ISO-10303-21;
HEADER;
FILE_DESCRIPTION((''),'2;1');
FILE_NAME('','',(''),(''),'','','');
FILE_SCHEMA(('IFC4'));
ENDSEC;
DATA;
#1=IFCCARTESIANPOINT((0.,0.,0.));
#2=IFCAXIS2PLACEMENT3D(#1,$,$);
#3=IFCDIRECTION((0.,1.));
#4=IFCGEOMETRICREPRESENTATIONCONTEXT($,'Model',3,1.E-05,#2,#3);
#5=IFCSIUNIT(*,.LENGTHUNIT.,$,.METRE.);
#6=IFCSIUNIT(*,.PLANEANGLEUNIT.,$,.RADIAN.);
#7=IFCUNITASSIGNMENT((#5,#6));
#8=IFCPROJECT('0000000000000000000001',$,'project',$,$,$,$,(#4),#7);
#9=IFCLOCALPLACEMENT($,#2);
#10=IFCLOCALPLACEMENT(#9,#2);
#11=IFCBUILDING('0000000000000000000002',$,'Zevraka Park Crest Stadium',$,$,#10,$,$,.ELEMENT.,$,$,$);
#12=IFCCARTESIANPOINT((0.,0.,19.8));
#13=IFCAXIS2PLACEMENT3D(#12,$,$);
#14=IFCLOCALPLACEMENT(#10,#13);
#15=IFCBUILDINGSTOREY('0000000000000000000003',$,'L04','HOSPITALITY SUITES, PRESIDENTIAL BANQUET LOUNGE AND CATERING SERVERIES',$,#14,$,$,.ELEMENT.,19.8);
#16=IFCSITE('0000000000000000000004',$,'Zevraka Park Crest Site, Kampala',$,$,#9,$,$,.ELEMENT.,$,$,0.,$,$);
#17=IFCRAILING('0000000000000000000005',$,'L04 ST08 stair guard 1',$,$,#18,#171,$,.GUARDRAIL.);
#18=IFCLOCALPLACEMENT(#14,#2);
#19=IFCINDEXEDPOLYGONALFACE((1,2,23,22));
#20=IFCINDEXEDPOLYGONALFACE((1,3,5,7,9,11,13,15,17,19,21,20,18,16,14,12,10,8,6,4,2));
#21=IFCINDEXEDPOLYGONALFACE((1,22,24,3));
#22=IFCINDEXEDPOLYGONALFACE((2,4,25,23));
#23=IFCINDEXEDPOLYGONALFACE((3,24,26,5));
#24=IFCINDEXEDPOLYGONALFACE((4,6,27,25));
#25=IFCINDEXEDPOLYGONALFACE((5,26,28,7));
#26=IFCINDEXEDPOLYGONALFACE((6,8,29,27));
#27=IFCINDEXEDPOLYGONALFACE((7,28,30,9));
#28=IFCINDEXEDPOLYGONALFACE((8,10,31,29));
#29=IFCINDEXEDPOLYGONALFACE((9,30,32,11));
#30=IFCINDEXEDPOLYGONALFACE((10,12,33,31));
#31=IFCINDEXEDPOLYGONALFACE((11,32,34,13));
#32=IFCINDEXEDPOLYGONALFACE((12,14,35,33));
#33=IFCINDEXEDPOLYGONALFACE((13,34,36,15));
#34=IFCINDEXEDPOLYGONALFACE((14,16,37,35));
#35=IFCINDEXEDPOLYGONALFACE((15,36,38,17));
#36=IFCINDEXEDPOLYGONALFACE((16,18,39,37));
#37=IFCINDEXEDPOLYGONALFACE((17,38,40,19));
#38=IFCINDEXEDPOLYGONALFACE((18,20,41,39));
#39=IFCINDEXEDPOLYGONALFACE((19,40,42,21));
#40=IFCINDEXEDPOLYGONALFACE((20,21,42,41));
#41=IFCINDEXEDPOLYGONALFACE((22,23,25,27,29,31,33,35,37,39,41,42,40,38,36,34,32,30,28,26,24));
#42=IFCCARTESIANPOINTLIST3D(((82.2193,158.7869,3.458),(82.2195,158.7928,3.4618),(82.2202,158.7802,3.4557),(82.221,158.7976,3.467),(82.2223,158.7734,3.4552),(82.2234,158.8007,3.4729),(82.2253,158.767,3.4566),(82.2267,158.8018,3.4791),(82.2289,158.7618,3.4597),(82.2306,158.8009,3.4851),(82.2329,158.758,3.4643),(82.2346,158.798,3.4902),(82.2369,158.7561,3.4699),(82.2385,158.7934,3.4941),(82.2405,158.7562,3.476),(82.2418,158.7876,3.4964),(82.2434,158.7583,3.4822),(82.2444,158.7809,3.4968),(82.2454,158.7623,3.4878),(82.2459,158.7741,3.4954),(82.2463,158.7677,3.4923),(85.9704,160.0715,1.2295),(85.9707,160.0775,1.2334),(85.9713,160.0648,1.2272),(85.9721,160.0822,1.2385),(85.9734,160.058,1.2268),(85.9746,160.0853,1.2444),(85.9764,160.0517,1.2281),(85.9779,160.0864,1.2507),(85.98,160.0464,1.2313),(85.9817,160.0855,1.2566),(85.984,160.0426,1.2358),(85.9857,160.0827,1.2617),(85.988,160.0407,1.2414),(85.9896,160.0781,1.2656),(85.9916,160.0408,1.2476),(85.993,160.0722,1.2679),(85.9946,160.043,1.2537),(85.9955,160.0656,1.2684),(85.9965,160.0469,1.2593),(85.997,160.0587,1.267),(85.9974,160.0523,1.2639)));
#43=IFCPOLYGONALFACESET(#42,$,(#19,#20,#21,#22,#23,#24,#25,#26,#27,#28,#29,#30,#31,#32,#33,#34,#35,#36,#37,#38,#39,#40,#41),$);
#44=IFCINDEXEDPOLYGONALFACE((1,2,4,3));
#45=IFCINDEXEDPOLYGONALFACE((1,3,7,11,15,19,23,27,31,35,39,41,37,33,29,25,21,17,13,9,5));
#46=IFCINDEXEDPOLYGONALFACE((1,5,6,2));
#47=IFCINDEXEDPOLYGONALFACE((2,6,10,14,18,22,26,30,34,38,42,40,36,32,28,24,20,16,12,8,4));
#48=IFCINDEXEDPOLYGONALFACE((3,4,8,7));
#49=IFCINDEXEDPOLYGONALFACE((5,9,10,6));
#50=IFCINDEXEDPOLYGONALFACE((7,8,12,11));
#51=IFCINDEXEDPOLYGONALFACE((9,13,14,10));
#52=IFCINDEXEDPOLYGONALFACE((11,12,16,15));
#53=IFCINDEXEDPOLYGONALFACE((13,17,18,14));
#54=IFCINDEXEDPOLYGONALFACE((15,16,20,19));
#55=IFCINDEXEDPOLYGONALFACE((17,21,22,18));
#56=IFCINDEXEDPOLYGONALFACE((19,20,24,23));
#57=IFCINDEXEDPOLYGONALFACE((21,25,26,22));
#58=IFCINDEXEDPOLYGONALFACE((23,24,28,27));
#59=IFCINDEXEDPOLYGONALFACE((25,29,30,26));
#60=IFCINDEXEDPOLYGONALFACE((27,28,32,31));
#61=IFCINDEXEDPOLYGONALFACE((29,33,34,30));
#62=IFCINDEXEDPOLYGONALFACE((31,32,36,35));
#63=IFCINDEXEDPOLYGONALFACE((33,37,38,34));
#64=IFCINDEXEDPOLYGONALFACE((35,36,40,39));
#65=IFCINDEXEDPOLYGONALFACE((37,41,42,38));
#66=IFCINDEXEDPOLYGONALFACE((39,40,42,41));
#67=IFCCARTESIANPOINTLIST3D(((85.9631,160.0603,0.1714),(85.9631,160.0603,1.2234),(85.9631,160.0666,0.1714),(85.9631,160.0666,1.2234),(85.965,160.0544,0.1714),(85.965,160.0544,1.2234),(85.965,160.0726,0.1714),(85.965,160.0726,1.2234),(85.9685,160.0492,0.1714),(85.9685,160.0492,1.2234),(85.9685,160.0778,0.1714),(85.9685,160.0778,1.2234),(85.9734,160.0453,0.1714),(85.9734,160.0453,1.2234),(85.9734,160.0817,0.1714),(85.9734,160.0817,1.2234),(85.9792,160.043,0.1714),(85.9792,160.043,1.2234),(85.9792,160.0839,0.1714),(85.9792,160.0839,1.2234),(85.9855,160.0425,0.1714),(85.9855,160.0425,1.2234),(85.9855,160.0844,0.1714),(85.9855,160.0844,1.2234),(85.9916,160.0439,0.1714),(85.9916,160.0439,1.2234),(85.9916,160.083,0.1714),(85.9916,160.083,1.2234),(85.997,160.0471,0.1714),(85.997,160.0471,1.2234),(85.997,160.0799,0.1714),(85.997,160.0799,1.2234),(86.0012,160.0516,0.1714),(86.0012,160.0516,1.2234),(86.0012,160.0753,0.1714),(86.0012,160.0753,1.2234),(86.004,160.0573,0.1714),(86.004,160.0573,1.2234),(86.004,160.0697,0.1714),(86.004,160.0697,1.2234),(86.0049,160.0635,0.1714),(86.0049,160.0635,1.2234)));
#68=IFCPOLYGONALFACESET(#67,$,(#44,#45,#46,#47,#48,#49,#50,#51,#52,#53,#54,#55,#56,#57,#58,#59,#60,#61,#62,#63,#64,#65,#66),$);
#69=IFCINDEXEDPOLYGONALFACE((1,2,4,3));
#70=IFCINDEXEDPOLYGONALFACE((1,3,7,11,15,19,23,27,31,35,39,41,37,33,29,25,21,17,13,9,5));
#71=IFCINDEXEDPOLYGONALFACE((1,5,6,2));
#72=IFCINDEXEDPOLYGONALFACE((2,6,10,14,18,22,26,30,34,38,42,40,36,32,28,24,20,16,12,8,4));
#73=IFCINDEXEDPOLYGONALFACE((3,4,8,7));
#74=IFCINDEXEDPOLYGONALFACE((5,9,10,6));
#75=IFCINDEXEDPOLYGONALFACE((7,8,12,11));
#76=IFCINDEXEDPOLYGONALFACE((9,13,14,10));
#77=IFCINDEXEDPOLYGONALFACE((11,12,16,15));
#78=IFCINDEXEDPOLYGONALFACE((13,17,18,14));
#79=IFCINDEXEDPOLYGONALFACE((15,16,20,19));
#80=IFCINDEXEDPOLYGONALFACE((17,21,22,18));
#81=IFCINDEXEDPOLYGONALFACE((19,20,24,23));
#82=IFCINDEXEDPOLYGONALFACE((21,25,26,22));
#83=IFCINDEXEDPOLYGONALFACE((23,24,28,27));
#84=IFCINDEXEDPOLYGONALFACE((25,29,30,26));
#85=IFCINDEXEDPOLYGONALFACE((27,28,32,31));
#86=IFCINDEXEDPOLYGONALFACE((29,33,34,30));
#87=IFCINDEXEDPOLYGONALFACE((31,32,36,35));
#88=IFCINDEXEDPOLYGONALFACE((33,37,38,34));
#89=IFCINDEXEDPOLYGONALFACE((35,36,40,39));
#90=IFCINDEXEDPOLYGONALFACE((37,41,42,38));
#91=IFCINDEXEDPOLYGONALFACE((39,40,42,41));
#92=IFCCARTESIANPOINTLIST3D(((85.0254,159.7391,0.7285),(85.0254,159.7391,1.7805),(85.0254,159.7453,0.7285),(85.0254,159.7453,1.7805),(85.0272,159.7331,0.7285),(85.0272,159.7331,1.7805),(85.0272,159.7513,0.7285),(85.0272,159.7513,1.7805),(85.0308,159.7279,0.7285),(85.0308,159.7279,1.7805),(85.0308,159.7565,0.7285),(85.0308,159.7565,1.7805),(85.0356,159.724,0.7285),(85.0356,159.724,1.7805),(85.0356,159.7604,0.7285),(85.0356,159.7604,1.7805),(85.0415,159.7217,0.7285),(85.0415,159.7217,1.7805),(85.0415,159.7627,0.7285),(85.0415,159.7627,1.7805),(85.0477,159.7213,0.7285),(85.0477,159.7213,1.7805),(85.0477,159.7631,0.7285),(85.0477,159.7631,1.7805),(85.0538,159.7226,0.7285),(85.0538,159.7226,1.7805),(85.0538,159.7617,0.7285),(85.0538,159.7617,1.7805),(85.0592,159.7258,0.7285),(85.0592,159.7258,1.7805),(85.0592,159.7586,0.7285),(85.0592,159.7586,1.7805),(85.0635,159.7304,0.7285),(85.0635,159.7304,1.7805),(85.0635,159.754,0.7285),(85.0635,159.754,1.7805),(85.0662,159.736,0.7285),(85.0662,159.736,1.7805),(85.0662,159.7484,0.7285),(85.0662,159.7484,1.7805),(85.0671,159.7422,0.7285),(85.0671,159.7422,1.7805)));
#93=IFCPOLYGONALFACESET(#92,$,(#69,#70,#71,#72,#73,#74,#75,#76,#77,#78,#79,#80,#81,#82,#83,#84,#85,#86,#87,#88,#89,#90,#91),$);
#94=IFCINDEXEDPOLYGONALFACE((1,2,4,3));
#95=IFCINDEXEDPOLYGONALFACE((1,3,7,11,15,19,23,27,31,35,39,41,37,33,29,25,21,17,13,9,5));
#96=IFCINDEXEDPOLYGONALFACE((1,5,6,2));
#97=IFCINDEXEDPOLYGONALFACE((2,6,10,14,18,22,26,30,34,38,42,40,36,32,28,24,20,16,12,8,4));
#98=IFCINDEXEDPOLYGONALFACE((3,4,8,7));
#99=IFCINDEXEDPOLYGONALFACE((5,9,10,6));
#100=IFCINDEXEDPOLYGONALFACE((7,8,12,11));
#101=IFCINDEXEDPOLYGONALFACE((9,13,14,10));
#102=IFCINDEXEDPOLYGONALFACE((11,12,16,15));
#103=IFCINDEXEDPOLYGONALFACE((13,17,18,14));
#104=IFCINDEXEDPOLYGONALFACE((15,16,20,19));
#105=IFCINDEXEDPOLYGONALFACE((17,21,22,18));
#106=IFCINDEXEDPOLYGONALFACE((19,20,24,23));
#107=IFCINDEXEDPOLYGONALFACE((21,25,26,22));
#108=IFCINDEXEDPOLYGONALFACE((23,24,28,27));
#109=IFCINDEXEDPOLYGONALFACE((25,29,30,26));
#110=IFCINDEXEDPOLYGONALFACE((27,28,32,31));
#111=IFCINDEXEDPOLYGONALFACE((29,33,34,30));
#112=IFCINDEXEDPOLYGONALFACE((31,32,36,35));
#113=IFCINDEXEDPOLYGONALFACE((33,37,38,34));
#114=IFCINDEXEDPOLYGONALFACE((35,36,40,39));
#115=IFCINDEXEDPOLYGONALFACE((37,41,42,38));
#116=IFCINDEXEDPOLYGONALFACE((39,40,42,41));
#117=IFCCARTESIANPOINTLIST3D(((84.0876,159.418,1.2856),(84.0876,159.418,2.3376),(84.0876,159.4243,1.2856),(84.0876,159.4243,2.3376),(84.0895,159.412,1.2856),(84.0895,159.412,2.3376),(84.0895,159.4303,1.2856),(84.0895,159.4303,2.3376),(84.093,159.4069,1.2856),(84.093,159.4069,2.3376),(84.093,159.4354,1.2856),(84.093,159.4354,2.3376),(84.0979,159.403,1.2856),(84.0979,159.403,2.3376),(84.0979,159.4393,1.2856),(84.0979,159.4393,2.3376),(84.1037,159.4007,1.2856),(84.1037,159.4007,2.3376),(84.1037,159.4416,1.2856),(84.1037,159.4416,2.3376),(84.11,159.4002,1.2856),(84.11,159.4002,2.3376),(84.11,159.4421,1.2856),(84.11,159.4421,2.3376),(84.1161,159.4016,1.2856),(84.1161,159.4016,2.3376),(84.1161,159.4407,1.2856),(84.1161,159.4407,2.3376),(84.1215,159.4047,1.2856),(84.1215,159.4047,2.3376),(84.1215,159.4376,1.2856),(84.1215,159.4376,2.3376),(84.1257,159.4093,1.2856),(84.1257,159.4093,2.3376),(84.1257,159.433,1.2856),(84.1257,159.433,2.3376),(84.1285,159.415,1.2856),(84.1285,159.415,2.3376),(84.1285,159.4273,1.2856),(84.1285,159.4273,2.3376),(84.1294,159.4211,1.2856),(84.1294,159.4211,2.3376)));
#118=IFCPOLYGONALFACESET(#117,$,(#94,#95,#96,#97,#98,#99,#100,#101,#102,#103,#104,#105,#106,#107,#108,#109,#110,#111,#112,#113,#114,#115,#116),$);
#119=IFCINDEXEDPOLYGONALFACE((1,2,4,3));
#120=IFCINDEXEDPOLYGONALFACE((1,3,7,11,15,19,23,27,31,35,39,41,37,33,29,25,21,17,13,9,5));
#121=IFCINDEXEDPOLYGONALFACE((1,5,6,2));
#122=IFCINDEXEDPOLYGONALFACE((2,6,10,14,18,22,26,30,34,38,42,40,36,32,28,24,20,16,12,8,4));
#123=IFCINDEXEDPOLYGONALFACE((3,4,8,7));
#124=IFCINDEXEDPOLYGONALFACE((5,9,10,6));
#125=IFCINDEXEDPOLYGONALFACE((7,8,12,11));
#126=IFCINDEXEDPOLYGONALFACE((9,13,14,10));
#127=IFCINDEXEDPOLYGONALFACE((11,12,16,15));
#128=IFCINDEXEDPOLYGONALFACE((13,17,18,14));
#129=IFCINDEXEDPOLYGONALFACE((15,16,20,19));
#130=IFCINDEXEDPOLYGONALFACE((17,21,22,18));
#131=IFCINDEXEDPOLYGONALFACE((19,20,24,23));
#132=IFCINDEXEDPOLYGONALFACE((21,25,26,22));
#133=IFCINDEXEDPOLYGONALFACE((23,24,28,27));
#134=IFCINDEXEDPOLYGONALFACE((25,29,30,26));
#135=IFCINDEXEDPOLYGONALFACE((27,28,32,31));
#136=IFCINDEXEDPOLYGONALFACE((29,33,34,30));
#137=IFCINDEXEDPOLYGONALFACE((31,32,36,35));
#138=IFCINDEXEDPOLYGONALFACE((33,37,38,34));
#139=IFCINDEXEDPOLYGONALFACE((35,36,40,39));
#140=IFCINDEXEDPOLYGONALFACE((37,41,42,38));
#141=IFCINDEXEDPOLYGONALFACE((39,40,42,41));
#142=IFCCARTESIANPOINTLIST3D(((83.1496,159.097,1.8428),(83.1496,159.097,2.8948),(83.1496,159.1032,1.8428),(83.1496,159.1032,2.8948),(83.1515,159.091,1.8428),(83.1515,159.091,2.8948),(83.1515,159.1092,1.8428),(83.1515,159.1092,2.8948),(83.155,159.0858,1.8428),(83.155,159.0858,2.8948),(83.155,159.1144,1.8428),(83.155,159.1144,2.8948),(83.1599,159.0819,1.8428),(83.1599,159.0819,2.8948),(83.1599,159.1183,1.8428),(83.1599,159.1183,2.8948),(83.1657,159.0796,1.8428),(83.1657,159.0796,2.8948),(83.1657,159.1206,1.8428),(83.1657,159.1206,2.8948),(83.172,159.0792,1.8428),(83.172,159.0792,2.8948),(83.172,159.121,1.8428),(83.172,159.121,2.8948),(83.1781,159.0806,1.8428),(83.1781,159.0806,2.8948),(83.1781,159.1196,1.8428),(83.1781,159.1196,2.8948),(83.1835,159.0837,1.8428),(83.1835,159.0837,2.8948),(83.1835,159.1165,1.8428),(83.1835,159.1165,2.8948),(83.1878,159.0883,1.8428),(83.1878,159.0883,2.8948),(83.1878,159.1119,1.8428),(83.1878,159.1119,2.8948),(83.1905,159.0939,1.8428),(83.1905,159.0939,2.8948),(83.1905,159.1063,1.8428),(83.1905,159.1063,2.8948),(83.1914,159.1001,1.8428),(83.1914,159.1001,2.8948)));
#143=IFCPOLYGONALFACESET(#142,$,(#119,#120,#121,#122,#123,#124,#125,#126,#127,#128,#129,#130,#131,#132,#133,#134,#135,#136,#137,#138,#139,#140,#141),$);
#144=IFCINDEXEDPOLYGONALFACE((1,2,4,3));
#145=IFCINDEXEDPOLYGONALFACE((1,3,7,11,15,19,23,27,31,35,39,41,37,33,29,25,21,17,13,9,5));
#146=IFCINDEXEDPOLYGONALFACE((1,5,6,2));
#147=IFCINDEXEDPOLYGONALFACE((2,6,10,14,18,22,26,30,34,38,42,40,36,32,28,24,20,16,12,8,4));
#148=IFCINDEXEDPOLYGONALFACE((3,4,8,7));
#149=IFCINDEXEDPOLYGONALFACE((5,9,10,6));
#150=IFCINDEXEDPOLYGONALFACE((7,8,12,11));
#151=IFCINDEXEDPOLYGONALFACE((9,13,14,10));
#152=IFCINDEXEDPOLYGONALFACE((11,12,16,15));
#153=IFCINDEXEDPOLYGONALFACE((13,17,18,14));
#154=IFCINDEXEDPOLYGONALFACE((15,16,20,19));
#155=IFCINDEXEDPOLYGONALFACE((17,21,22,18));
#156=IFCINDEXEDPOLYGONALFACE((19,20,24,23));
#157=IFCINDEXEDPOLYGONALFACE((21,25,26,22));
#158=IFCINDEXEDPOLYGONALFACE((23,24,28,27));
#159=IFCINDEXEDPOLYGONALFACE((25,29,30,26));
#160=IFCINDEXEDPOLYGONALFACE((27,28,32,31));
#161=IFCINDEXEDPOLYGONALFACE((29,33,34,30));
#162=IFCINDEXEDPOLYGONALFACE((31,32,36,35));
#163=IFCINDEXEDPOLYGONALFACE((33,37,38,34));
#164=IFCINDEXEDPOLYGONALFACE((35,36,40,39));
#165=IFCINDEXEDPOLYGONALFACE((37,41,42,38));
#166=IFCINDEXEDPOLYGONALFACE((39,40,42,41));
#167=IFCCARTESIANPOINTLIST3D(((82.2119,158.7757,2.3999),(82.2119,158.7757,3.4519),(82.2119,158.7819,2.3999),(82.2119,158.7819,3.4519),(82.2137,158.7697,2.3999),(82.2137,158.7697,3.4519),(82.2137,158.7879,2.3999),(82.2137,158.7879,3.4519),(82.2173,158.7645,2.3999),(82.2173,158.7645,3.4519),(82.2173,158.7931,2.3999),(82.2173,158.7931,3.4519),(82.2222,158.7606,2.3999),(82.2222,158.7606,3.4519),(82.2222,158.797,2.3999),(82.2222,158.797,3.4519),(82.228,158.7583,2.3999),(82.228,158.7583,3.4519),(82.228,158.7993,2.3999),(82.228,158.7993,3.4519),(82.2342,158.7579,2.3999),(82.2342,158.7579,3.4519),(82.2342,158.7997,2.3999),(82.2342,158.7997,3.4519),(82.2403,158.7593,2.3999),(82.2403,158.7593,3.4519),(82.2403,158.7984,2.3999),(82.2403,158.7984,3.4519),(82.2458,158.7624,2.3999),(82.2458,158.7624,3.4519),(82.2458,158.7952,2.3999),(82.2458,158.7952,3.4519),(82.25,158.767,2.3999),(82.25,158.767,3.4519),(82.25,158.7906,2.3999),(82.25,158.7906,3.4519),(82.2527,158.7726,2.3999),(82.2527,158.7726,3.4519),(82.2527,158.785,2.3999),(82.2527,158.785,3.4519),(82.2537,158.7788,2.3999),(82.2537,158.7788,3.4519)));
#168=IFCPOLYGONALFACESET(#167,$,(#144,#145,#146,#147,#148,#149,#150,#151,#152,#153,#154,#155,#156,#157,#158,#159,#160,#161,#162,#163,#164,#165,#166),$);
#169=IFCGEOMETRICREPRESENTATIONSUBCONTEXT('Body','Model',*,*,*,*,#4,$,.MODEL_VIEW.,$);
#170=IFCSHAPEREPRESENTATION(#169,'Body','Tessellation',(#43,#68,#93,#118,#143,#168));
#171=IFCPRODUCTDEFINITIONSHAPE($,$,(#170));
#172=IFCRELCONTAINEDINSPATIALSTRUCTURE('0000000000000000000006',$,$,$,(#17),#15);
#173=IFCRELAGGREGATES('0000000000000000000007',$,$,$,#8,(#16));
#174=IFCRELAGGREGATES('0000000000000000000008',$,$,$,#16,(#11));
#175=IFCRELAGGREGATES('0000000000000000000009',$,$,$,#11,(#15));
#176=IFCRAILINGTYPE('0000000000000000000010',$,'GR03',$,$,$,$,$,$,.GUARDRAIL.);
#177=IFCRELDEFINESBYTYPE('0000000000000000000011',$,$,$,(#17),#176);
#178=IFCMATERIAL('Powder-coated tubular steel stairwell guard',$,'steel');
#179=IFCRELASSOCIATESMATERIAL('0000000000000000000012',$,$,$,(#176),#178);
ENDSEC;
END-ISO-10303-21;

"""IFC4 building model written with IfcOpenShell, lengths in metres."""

from ifc_helpers import new_model, si_unit, direction, frame, origin, origin_2d, place, context, subcontext, project, spatial, circle, extrude, material, type_object, element, save


model = new_model("IFC4")

# Units and contexts
model_context = context("Model", 3, precision=1e-05, world=origin(), true_north=direction((0.0, 1.0)))
body_context = subcontext(model_context, "Body", "Model", "MODEL_VIEW")
ifc_project = project(units=[si_unit("LENGTHUNIT", "METRE"), si_unit("PLANEANGLEUNIT", "RADIAN")], contexts=[model_context])

# Site, building, storey
site_placement = place(None, origin())
site = spatial("IfcSite", under=ifc_project, at=site_placement, Name="Zevraka Park Crest Site, Kampala", CompositionType="ELEMENT", RefElevation=0.0)
building_placement = place(site_placement, origin())
building = spatial("IfcBuilding", under=site, at=building_placement, Name="Zevraka Park Crest Stadium", CompositionType="ELEMENT")
storey_placement = place(building_placement, frame((0.0, 0.0, 19.8)))
storey = spatial("IfcBuildingStorey", under=building, at=storey_placement, Name="L04", Description="HOSPITALITY SUITES, PRESIDENTIAL BANQUET LOUNGE AND CATERING SERVERIES", CompositionType="ELEMENT", Elevation=19.8)

# Railing
ifc_material_1 = material(Name="Powder-coated tubular steel stairwell guard", Category="steel")
railing_type_1 = type_object("IfcRailingType", Name="GR03", PredefinedType="GUARDRAIL", material=ifc_material_1)
railing_1_placement = place(storey_placement, frame((85.9839, 160.0635, 0.1714)))
element("IfcRailing", 1, at=railing_1_placement, inside=storey, type_object=railing_type_1, Name="L04 ST08 stair guard 1", PredefinedType="GUARDRAIL", context=body_context, shape_type="SweptSolid", body=[
    extrude(circle(Radius=0.0239, at=origin_2d()), frame((0.0, 0.0, 1.0762), z_axis=(-0.824727, -0.282441, 0.489952), x_axis=(0.323994, -0.946059, 0.0)), (0.0, 0.0, 1.0), 4.5483),
    extrude(circle(Radius=0.021, at=origin_2d()), origin(), (0.0, 0.0, 1.0), 1.052),
    extrude(circle(Radius=0.021, at=origin_2d()), frame((-0.9377, -0.3213, 0.5571)), (0.0, 0.0, 1.0), 1.052),
    extrude(circle(Radius=0.021, at=origin_2d()), frame((-1.8755, -0.6423, 1.1143)), (0.0, 0.0, 1.0), 1.052),
    extrude(circle(Radius=0.021, at=origin_2d()), frame((-2.8135, -0.9634, 1.6714)), (0.0, 0.0, 1.0), 1.052),
    extrude(circle(Radius=0.021, at=origin_2d()), frame((-3.7512, -1.2847, 2.2285)), (0.0, 0.0, 1.0), 1.052),
])

save(model, "model.ifc")
